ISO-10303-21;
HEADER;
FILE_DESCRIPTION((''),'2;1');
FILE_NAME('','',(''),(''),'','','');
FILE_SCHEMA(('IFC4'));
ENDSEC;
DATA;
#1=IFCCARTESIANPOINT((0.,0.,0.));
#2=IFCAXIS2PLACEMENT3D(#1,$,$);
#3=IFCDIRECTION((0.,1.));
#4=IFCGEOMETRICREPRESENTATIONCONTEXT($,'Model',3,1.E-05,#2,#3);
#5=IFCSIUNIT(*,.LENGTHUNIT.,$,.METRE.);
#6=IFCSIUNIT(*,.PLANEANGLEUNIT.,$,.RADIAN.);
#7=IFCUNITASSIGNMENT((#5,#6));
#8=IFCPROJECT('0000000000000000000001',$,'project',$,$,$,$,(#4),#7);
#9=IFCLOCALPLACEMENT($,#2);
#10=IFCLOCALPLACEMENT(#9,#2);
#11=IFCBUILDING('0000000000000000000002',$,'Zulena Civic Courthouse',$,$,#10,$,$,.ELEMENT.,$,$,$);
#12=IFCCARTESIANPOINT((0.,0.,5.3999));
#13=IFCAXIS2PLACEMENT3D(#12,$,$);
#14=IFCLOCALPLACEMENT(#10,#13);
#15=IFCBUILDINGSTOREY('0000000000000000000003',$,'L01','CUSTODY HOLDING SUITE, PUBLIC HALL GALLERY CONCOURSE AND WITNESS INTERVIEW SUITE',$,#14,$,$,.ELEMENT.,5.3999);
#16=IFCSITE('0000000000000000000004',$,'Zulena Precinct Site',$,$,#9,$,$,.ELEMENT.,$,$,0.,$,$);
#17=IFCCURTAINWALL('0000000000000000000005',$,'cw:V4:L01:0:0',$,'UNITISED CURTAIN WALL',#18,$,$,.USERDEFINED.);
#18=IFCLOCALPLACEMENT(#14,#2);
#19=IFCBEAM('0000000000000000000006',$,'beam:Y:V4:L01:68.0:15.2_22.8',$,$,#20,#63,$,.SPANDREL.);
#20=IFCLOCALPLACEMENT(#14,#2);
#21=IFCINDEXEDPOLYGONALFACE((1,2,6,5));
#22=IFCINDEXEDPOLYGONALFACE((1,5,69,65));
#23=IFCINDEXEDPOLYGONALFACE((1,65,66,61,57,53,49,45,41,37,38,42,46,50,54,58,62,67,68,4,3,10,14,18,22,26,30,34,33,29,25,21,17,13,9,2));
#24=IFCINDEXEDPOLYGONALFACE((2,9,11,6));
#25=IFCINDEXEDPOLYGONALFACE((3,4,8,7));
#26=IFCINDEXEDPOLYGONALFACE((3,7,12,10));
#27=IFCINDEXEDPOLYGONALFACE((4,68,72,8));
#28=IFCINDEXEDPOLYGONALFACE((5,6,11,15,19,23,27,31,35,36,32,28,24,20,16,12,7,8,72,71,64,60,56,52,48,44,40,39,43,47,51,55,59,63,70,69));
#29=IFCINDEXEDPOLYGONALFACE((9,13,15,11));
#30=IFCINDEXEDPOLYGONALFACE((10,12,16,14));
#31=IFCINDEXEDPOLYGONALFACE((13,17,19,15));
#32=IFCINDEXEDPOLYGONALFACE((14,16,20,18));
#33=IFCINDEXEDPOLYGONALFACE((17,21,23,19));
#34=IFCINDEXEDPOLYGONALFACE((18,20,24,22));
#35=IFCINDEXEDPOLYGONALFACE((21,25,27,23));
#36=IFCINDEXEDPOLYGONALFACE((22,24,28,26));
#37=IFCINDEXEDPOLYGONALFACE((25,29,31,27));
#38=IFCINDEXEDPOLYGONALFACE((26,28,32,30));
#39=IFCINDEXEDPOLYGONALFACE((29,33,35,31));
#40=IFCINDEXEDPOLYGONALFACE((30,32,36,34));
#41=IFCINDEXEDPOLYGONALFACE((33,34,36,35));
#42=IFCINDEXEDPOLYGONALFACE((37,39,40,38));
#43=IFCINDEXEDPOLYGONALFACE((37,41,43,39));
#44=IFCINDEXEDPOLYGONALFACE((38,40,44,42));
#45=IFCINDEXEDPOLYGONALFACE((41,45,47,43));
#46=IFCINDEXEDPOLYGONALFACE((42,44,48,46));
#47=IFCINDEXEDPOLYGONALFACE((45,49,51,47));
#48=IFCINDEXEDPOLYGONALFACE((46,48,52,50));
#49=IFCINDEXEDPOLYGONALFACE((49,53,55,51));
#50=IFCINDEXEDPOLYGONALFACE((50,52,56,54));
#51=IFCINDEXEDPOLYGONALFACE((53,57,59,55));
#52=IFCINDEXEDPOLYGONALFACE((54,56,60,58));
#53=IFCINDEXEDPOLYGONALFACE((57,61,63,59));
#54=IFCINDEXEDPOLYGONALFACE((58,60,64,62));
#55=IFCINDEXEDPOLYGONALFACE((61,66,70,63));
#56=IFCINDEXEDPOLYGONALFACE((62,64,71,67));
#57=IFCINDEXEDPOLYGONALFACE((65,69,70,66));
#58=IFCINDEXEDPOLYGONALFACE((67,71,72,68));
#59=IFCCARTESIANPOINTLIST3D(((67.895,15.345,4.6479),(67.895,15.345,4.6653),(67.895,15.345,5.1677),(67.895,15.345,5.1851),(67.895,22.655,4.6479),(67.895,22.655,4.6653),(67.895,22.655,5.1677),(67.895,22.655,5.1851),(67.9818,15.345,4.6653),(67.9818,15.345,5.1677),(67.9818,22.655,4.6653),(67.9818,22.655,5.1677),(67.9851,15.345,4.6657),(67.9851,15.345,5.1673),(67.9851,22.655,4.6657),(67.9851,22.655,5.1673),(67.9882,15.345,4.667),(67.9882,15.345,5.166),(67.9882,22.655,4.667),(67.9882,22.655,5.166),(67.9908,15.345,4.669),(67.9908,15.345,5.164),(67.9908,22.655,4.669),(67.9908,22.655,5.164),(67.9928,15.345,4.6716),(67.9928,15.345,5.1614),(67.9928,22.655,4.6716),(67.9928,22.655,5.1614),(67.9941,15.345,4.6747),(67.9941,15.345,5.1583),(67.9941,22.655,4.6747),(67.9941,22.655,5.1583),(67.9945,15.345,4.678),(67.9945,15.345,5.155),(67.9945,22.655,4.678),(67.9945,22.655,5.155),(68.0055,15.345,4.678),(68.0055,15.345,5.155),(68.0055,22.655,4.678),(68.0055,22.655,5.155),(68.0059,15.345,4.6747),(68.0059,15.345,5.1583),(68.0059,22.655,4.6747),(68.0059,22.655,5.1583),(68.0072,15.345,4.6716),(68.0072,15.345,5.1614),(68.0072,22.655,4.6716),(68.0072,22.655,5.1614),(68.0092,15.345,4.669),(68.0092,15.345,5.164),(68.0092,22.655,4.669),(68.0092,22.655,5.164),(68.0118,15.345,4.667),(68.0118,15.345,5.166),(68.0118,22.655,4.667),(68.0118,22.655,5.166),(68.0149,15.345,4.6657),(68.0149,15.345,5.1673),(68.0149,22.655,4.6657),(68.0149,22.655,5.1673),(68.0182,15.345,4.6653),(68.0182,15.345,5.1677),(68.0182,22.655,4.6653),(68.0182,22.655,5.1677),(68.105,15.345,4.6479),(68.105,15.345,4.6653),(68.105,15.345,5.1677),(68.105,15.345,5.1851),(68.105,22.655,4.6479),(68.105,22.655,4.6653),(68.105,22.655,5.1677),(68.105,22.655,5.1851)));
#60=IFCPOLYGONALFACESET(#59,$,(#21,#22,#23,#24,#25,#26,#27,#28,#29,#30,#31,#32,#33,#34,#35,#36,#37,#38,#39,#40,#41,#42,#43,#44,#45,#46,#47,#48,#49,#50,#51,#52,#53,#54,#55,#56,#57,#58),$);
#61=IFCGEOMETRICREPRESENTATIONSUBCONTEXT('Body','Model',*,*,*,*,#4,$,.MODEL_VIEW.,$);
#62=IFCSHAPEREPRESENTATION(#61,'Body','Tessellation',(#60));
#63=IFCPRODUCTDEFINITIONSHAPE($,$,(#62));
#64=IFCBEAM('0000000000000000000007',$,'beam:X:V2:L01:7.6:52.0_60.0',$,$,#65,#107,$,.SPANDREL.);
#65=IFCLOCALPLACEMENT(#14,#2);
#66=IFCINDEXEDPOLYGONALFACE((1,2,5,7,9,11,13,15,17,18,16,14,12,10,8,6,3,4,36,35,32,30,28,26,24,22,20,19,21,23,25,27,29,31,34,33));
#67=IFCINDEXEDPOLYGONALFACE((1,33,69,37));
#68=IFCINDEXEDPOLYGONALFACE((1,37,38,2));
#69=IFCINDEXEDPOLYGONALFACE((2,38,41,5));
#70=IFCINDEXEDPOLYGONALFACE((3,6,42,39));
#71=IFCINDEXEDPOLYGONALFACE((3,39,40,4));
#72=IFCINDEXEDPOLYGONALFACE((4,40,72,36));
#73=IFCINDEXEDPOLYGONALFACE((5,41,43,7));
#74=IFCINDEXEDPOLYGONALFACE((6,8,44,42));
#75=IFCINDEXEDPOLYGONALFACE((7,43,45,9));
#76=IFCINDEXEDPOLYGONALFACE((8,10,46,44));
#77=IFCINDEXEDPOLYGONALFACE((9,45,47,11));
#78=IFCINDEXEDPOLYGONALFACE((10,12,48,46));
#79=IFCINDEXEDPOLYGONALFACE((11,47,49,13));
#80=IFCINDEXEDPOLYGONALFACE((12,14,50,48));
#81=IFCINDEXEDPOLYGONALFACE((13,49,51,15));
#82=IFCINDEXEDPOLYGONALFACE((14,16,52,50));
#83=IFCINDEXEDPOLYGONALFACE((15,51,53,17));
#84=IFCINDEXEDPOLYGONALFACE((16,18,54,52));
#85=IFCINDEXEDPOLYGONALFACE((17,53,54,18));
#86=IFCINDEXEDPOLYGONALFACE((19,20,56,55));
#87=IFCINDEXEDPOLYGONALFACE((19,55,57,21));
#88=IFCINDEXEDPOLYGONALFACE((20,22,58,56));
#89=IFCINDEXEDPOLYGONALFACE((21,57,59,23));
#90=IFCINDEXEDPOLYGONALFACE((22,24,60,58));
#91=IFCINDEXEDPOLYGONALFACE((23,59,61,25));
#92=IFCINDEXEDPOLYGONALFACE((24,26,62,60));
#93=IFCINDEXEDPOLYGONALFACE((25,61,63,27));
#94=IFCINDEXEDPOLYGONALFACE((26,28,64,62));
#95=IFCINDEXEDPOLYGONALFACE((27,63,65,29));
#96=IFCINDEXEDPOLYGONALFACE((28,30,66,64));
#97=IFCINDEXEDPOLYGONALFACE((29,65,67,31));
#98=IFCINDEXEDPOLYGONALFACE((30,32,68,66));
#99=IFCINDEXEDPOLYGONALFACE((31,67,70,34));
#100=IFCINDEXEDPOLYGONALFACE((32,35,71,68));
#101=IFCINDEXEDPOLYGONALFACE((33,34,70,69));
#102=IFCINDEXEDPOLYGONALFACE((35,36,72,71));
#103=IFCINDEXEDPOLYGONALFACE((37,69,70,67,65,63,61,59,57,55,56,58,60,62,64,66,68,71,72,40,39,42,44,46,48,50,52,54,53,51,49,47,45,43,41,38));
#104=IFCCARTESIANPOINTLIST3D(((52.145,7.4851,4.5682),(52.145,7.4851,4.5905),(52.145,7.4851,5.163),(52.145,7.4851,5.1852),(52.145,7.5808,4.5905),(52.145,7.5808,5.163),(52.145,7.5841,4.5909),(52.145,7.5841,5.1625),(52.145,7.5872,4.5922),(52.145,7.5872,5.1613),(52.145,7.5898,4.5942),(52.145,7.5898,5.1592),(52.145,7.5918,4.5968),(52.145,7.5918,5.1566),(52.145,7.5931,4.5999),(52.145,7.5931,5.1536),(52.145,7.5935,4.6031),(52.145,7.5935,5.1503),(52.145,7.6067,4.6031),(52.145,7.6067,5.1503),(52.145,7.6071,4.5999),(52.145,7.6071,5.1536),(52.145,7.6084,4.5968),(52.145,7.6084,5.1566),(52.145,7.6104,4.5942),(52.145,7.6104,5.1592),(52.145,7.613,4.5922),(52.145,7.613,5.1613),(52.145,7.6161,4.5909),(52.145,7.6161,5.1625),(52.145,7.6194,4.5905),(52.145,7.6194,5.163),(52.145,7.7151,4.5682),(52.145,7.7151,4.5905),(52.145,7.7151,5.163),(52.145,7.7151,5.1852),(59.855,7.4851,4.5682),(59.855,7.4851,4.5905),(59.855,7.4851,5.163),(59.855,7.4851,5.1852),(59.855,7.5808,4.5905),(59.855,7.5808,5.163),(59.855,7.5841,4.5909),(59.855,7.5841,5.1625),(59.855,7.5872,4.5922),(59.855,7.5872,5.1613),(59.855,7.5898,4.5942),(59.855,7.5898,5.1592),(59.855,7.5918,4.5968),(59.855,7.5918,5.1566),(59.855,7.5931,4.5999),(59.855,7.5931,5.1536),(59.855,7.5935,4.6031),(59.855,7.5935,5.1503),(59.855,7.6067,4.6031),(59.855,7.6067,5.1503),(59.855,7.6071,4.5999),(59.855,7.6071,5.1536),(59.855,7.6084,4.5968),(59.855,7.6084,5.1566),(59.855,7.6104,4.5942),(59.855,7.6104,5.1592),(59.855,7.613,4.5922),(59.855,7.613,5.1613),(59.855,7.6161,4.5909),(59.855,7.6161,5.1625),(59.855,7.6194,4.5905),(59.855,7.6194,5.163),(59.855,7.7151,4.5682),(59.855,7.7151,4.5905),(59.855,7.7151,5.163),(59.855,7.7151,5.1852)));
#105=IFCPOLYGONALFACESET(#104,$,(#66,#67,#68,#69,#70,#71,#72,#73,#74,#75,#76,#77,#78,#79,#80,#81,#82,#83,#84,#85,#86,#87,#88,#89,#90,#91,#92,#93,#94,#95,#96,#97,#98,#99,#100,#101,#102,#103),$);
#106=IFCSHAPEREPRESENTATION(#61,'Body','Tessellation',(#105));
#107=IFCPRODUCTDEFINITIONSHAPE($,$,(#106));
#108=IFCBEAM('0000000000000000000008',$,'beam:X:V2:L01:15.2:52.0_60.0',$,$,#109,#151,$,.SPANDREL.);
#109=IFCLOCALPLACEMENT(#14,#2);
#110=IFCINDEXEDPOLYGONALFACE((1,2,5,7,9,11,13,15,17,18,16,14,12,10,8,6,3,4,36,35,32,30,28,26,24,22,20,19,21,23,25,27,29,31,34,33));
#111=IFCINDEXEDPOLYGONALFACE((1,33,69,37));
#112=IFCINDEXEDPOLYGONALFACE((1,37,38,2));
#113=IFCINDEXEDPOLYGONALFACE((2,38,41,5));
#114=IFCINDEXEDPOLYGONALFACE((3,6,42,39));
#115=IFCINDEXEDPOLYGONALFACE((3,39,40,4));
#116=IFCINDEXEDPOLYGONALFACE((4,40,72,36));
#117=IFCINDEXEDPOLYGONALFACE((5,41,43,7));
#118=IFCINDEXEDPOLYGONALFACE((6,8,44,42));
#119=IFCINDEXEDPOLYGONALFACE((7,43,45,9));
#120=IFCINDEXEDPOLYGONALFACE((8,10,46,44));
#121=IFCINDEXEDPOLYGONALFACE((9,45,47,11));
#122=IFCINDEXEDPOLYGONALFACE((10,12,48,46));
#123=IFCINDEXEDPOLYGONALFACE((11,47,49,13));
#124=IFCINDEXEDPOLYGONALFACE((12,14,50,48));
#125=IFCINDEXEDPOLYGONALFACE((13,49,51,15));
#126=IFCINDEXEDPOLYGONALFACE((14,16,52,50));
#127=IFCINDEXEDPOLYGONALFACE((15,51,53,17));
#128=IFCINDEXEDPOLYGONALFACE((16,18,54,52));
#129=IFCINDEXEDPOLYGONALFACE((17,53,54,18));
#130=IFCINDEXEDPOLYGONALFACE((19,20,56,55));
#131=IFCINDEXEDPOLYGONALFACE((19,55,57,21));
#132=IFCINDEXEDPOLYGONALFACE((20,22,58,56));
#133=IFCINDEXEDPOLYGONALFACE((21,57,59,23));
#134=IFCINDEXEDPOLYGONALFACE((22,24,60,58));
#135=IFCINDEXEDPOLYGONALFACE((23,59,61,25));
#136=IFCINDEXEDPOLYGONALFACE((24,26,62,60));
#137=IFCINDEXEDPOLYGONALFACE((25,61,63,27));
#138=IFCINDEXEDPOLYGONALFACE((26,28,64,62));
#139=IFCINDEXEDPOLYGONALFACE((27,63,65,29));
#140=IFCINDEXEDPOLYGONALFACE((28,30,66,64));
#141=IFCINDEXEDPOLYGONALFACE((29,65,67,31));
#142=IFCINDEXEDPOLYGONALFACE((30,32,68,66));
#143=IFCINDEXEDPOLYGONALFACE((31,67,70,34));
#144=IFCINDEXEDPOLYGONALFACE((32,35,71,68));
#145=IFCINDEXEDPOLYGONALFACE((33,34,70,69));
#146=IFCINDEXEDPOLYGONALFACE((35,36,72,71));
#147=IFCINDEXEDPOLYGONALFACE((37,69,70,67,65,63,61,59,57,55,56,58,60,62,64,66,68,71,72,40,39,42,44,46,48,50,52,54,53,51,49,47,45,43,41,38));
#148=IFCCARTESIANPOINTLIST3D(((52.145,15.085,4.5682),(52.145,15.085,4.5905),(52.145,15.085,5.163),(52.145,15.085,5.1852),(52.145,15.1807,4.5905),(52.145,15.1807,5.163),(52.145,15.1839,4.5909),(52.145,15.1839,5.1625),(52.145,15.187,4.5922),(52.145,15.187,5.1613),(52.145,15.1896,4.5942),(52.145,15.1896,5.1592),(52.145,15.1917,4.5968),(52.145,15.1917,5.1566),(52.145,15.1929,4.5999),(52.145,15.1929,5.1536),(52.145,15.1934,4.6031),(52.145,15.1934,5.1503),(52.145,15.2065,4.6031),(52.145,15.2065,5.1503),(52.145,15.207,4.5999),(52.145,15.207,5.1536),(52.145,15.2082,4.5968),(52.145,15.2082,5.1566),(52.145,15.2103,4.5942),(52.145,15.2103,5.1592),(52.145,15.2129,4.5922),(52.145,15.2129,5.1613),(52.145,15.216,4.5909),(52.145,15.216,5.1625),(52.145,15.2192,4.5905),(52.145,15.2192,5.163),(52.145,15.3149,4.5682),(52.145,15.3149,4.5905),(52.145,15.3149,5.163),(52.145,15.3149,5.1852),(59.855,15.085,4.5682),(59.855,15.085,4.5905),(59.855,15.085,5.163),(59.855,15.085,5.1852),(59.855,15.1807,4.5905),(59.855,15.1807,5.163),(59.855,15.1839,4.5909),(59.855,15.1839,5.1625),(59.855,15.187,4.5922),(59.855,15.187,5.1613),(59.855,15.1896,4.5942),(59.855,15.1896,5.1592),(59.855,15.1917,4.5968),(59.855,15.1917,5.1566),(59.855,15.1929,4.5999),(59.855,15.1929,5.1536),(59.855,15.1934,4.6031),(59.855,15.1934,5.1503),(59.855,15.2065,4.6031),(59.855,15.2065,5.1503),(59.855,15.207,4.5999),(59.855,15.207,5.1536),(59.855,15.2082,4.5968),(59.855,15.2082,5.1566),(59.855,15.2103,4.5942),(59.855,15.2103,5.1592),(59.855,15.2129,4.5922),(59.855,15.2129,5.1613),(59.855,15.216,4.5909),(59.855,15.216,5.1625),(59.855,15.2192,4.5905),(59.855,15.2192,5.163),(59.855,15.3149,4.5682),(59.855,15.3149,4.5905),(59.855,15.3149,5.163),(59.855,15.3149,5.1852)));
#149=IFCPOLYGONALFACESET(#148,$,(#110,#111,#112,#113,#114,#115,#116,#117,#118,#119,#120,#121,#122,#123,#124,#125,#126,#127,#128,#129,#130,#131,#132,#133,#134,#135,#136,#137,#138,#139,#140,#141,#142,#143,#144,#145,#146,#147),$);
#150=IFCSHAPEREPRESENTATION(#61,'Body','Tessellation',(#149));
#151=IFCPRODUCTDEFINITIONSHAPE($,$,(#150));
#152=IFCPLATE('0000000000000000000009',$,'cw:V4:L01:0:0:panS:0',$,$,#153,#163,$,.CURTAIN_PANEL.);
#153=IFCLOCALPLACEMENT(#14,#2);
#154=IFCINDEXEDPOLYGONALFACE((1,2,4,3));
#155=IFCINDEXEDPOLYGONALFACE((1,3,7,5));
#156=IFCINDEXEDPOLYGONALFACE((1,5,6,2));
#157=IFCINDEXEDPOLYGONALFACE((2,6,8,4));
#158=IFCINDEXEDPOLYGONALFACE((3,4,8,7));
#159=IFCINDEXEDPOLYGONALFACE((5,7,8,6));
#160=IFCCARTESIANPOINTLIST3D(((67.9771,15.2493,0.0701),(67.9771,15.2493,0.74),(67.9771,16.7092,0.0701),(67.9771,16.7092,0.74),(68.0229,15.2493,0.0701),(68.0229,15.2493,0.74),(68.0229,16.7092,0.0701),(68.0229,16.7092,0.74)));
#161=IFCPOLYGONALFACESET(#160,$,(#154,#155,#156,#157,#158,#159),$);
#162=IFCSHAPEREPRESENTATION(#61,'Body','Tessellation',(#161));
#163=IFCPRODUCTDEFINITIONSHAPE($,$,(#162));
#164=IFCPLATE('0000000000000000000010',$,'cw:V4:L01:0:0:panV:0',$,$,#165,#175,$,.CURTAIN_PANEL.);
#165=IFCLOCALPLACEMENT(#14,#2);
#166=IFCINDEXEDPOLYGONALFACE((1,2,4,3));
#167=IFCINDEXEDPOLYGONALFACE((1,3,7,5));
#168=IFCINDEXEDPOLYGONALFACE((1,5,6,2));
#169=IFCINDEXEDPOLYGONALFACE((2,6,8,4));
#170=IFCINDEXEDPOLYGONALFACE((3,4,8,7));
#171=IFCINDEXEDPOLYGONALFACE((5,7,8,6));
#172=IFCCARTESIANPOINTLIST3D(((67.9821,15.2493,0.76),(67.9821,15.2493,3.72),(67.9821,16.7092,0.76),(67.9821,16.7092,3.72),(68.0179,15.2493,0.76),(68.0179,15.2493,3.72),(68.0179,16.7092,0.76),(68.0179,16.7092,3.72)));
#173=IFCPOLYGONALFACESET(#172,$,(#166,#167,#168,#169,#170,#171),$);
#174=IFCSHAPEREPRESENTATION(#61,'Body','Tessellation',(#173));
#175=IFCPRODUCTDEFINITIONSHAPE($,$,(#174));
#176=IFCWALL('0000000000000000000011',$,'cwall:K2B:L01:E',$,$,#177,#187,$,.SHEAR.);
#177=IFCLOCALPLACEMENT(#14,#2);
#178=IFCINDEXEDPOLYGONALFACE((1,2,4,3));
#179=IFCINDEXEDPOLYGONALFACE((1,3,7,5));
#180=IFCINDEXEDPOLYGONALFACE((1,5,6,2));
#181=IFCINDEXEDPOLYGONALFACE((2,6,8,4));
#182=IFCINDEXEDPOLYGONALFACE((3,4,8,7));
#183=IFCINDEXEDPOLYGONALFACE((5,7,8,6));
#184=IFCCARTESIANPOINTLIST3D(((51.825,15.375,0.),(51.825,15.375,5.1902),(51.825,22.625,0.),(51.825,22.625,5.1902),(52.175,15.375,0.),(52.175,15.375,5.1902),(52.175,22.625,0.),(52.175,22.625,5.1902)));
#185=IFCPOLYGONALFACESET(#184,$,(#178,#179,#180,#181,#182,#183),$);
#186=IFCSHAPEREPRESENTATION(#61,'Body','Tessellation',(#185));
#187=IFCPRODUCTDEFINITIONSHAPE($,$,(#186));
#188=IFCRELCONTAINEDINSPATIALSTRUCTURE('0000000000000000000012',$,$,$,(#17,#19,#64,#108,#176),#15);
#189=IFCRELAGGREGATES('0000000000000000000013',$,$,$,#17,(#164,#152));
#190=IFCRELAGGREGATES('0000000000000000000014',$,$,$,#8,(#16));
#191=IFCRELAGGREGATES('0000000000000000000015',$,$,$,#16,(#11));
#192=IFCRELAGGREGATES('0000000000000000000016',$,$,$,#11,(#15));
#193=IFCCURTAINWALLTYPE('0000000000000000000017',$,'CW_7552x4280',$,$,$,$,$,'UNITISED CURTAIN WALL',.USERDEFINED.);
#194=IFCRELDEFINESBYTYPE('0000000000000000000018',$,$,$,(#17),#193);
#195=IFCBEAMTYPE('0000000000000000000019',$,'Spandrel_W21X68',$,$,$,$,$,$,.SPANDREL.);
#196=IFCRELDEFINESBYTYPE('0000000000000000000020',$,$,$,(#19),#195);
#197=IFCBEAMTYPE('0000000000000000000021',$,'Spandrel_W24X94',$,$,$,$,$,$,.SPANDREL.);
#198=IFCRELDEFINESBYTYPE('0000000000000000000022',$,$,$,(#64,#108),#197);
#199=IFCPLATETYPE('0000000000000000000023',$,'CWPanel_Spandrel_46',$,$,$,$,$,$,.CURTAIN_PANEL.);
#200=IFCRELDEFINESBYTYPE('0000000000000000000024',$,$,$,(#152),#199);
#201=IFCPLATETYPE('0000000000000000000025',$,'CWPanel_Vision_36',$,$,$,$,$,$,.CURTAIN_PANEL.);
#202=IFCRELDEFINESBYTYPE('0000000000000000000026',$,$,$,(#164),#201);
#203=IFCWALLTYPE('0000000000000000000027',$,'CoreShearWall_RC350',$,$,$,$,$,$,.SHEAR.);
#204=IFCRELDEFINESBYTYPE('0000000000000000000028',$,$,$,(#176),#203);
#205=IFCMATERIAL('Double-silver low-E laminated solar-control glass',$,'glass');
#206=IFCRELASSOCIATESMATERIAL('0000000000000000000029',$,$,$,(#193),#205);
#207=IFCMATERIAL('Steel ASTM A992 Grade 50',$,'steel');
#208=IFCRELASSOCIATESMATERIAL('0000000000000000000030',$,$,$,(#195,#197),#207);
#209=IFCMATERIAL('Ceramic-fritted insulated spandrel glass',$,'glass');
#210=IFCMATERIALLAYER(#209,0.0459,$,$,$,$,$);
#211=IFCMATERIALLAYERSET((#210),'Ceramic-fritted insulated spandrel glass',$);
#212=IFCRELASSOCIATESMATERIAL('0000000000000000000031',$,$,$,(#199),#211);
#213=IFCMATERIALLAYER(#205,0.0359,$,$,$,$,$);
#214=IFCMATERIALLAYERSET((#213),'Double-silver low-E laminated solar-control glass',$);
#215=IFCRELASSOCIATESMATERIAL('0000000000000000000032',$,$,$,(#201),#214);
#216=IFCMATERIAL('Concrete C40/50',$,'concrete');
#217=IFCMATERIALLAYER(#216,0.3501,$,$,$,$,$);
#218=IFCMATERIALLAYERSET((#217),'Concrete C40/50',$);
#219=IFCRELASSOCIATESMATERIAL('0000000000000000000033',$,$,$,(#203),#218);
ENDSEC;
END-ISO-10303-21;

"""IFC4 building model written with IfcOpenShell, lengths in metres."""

from ifc_helpers import new_model, si_unit, direction, frame, frame_2d, origin, origin_2d, place, context, subcontext, project, spatial, rectangle, i_section, extrude, material, layer, layer_set, material_profile, profile_set, type_object, element, aggregate, save


model = new_model("IFC4")

# Units and contexts
model_context = context("Model", 3, precision=1e-05, world=origin(), true_north=direction((0.0, 1.0)))
body_context = subcontext(model_context, "Body", "Model", "MODEL_VIEW")
ifc_project = project(units=[si_unit("LENGTHUNIT", "METRE"), si_unit("PLANEANGLEUNIT", "RADIAN")], contexts=[model_context])

# Site, building, storey
site_placement = place(None, origin())
site = spatial("IfcSite", under=ifc_project, at=site_placement, Name="Zulena Precinct Site", CompositionType="ELEMENT", RefElevation=0.0)
building_placement = place(site_placement, origin())
building = spatial("IfcBuilding", under=site, at=building_placement, Name="Zulena Civic Courthouse", CompositionType="ELEMENT")
storey_placement = place(building_placement, frame((0.0, 0.0, 5.3999)))
storey = spatial("IfcBuildingStorey", under=building, at=storey_placement, Name="L01", Description="CUSTODY HOLDING SUITE, PUBLIC HALL GALLERY CONCOURSE AND WITNESS INTERVIEW SUITE", CompositionType="ELEMENT", Elevation=5.3999)

# Shared definitions
ifc_material_1 = material(Name="Steel ASTM A992 Grade 50", Category="steel")

# Curtain wall
ifc_material_2 = material(Name="Double-silver low-E laminated solar-control glass", Category="glass")
curtain_wall_type = type_object("IfcCurtainWallType", Name="CW_7552x4280", ElementType="UNITISED CURTAIN WALL", PredefinedType="USERDEFINED", material=ifc_material_2)
curtain_wall_placement = place(storey_placement, origin())
curtain_wall = element("IfcCurtainWall", 1, at=curtain_wall_placement, inside=storey, type_object=curtain_wall_type, Name="cw:V4:L01:0:0", ObjectType="UNITISED CURTAIN WALL", PredefinedType="USERDEFINED")

# Beams
ifc_material_profile_1 = material_profile(ifc_material_1, i_section(OverallWidth=0.21, OverallDepth=0.5371, WebThickness=0.011, FlangeThickness=0.0173, FilletRadius=0.0127, at=origin_2d()), Name="W21X68")
ifc_profile_set_1 = profile_set([ifc_material_profile_1], Name="Steel ASTM A992 Grade 50")
beam_type_1 = type_object("IfcBeamType", Name="Spandrel_W21X68", PredefinedType="SPANDREL", material=ifc_profile_set_1)
for number, where, z_axis, x_axis, name in (
    (2, (68.0, 15.345, 4.9165), (0.0, 1.0, 0.0), (-1.0, 0.0, 0.0), "beam:Y:V4:L01:68.0:15.2_22.8"),
):
    element("IfcBeam", number, at=place(storey_placement, frame(where, z_axis=z_axis, x_axis=x_axis)), inside=storey, type_object=beam_type_1, Name=name, PredefinedType="SPANDREL", context=body_context, shape_type="SweptSolid", body=[
        extrude(i_section(OverallWidth=0.21, OverallDepth=0.5371, WebThickness=0.011, FlangeThickness=0.0173, FilletRadius=0.0127, at=origin_2d()), origin(), (0.0, 0.0, 1.0), 7.3101),
    ])
ifc_material_profile_2 = material_profile(ifc_material_1, i_section(OverallWidth=0.23, OverallDepth=0.6169, WebThickness=0.0132, FlangeThickness=0.0222, FilletRadius=0.0127, at=origin_2d()), Name="W24X94")
ifc_profile_set_2 = profile_set([ifc_material_profile_2], Name="Steel ASTM A992 Grade 50")
beam_type_2 = type_object("IfcBeamType", Name="Spandrel_W24X94", PredefinedType="SPANDREL", material=ifc_profile_set_2)
for number, where, z_axis, x_axis, name in (
    (3, (52.145, 7.6001, 4.8767), (1.0, 0.0, 0.0), (0.0, 1.0, 0.0), "beam:X:V2:L01:7.6:52.0_60.0"),
    (4, (52.145, 15.2, 4.8767), (1.0, 0.0, 0.0), (0.0, 1.0, 0.0), "beam:X:V2:L01:15.2:52.0_60.0"),
):
    element("IfcBeam", number, at=place(storey_placement, frame(where, z_axis=z_axis, x_axis=x_axis)), inside=storey, type_object=beam_type_2, Name=name, PredefinedType="SPANDREL", context=body_context, shape_type="SweptSolid", body=[
        extrude(i_section(OverallWidth=0.23, OverallDepth=0.6169, WebThickness=0.0132, FlangeThickness=0.0222, FilletRadius=0.0127, at=origin_2d()), origin(), (0.0, 0.0, 1.0), 7.71),
    ])

# Plates
ifc_material_3 = material(Name="Ceramic-fritted insulated spandrel glass", Category="glass")
ifc_layer_1 = layer(ifc_material_3, 0.0459)
ifc_layer_set_1 = layer_set([ifc_layer_1], Name="Ceramic-fritted insulated spandrel glass")
plate_type_1 = type_object("IfcPlateType", Name="CWPanel_Spandrel_46", PredefinedType="CURTAIN_PANEL", material=ifc_layer_set_1)
plate_1_placement = place(storey_placement, frame((68.0, 15.9792, 0.0701), z_axis=(0.0, 0.0, 1.0), x_axis=(0.0, 1.0, 0.0)))
plate_1 = element("IfcPlate", 5, at=plate_1_placement, type_object=plate_type_1, Name="cw:V4:L01:0:0:panS:0", PredefinedType="CURTAIN_PANEL", context=body_context, shape_type="SweptSolid", body=[
    extrude(rectangle(XDim=1.46, YDim=0.0459, at=origin_2d()), origin(), (0.0, 0.0, 1.0), 0.6699),
])
ifc_layer_2 = layer(ifc_material_2, 0.0359)
ifc_layer_set_2 = layer_set([ifc_layer_2], Name="Double-silver low-E laminated solar-control glass")
plate_type_2 = type_object("IfcPlateType", Name="CWPanel_Vision_36", PredefinedType="CURTAIN_PANEL", material=ifc_layer_set_2)
plate_2_placement = place(storey_placement, frame((68.0, 15.9792, 0.76), z_axis=(0.0, 0.0, 1.0), x_axis=(0.0, 1.0, 0.0)))
plate_2 = element("IfcPlate", 6, at=plate_2_placement, type_object=plate_type_2, Name="cw:V4:L01:0:0:panV:0", PredefinedType="CURTAIN_PANEL", context=body_context, shape_type="SweptSolid", body=[
    extrude(rectangle(XDim=1.46, YDim=0.0359, at=origin_2d()), origin(), (0.0, 0.0, 1.0), 2.96),
])
aggregate(curtain_wall, [plate_2, plate_1])

# Wall
ifc_material_4 = material(Name="Concrete C40/50", Category="concrete")
ifc_layer_3 = layer(ifc_material_4, 0.3501)
ifc_layer_set_3 = layer_set([ifc_layer_3], Name="Concrete C40/50")
wall_type_1 = type_object("IfcWallType", Name="CoreShearWall_RC350", PredefinedType="SHEAR", material=ifc_layer_set_3)
wall_1_placement = place(storey_placement, frame((52.0, 15.375, 0.0), z_axis=(0.0, 0.0, 1.0), x_axis=(0.0, 1.0, 0.0)))
element("IfcWall", 7, at=wall_1_placement, inside=storey, type_object=wall_type_1, Name="cwall:K2B:L01:E", PredefinedType="SHEAR", context=body_context, shape_type="SweptSolid", body=[
    extrude(rectangle(XDim=7.25, YDim=0.3501, at=frame_2d((3.625, 0.0))), origin(), (0.0, 0.0, 1.0), 5.1902),
])

save(model, "model.ifc")
